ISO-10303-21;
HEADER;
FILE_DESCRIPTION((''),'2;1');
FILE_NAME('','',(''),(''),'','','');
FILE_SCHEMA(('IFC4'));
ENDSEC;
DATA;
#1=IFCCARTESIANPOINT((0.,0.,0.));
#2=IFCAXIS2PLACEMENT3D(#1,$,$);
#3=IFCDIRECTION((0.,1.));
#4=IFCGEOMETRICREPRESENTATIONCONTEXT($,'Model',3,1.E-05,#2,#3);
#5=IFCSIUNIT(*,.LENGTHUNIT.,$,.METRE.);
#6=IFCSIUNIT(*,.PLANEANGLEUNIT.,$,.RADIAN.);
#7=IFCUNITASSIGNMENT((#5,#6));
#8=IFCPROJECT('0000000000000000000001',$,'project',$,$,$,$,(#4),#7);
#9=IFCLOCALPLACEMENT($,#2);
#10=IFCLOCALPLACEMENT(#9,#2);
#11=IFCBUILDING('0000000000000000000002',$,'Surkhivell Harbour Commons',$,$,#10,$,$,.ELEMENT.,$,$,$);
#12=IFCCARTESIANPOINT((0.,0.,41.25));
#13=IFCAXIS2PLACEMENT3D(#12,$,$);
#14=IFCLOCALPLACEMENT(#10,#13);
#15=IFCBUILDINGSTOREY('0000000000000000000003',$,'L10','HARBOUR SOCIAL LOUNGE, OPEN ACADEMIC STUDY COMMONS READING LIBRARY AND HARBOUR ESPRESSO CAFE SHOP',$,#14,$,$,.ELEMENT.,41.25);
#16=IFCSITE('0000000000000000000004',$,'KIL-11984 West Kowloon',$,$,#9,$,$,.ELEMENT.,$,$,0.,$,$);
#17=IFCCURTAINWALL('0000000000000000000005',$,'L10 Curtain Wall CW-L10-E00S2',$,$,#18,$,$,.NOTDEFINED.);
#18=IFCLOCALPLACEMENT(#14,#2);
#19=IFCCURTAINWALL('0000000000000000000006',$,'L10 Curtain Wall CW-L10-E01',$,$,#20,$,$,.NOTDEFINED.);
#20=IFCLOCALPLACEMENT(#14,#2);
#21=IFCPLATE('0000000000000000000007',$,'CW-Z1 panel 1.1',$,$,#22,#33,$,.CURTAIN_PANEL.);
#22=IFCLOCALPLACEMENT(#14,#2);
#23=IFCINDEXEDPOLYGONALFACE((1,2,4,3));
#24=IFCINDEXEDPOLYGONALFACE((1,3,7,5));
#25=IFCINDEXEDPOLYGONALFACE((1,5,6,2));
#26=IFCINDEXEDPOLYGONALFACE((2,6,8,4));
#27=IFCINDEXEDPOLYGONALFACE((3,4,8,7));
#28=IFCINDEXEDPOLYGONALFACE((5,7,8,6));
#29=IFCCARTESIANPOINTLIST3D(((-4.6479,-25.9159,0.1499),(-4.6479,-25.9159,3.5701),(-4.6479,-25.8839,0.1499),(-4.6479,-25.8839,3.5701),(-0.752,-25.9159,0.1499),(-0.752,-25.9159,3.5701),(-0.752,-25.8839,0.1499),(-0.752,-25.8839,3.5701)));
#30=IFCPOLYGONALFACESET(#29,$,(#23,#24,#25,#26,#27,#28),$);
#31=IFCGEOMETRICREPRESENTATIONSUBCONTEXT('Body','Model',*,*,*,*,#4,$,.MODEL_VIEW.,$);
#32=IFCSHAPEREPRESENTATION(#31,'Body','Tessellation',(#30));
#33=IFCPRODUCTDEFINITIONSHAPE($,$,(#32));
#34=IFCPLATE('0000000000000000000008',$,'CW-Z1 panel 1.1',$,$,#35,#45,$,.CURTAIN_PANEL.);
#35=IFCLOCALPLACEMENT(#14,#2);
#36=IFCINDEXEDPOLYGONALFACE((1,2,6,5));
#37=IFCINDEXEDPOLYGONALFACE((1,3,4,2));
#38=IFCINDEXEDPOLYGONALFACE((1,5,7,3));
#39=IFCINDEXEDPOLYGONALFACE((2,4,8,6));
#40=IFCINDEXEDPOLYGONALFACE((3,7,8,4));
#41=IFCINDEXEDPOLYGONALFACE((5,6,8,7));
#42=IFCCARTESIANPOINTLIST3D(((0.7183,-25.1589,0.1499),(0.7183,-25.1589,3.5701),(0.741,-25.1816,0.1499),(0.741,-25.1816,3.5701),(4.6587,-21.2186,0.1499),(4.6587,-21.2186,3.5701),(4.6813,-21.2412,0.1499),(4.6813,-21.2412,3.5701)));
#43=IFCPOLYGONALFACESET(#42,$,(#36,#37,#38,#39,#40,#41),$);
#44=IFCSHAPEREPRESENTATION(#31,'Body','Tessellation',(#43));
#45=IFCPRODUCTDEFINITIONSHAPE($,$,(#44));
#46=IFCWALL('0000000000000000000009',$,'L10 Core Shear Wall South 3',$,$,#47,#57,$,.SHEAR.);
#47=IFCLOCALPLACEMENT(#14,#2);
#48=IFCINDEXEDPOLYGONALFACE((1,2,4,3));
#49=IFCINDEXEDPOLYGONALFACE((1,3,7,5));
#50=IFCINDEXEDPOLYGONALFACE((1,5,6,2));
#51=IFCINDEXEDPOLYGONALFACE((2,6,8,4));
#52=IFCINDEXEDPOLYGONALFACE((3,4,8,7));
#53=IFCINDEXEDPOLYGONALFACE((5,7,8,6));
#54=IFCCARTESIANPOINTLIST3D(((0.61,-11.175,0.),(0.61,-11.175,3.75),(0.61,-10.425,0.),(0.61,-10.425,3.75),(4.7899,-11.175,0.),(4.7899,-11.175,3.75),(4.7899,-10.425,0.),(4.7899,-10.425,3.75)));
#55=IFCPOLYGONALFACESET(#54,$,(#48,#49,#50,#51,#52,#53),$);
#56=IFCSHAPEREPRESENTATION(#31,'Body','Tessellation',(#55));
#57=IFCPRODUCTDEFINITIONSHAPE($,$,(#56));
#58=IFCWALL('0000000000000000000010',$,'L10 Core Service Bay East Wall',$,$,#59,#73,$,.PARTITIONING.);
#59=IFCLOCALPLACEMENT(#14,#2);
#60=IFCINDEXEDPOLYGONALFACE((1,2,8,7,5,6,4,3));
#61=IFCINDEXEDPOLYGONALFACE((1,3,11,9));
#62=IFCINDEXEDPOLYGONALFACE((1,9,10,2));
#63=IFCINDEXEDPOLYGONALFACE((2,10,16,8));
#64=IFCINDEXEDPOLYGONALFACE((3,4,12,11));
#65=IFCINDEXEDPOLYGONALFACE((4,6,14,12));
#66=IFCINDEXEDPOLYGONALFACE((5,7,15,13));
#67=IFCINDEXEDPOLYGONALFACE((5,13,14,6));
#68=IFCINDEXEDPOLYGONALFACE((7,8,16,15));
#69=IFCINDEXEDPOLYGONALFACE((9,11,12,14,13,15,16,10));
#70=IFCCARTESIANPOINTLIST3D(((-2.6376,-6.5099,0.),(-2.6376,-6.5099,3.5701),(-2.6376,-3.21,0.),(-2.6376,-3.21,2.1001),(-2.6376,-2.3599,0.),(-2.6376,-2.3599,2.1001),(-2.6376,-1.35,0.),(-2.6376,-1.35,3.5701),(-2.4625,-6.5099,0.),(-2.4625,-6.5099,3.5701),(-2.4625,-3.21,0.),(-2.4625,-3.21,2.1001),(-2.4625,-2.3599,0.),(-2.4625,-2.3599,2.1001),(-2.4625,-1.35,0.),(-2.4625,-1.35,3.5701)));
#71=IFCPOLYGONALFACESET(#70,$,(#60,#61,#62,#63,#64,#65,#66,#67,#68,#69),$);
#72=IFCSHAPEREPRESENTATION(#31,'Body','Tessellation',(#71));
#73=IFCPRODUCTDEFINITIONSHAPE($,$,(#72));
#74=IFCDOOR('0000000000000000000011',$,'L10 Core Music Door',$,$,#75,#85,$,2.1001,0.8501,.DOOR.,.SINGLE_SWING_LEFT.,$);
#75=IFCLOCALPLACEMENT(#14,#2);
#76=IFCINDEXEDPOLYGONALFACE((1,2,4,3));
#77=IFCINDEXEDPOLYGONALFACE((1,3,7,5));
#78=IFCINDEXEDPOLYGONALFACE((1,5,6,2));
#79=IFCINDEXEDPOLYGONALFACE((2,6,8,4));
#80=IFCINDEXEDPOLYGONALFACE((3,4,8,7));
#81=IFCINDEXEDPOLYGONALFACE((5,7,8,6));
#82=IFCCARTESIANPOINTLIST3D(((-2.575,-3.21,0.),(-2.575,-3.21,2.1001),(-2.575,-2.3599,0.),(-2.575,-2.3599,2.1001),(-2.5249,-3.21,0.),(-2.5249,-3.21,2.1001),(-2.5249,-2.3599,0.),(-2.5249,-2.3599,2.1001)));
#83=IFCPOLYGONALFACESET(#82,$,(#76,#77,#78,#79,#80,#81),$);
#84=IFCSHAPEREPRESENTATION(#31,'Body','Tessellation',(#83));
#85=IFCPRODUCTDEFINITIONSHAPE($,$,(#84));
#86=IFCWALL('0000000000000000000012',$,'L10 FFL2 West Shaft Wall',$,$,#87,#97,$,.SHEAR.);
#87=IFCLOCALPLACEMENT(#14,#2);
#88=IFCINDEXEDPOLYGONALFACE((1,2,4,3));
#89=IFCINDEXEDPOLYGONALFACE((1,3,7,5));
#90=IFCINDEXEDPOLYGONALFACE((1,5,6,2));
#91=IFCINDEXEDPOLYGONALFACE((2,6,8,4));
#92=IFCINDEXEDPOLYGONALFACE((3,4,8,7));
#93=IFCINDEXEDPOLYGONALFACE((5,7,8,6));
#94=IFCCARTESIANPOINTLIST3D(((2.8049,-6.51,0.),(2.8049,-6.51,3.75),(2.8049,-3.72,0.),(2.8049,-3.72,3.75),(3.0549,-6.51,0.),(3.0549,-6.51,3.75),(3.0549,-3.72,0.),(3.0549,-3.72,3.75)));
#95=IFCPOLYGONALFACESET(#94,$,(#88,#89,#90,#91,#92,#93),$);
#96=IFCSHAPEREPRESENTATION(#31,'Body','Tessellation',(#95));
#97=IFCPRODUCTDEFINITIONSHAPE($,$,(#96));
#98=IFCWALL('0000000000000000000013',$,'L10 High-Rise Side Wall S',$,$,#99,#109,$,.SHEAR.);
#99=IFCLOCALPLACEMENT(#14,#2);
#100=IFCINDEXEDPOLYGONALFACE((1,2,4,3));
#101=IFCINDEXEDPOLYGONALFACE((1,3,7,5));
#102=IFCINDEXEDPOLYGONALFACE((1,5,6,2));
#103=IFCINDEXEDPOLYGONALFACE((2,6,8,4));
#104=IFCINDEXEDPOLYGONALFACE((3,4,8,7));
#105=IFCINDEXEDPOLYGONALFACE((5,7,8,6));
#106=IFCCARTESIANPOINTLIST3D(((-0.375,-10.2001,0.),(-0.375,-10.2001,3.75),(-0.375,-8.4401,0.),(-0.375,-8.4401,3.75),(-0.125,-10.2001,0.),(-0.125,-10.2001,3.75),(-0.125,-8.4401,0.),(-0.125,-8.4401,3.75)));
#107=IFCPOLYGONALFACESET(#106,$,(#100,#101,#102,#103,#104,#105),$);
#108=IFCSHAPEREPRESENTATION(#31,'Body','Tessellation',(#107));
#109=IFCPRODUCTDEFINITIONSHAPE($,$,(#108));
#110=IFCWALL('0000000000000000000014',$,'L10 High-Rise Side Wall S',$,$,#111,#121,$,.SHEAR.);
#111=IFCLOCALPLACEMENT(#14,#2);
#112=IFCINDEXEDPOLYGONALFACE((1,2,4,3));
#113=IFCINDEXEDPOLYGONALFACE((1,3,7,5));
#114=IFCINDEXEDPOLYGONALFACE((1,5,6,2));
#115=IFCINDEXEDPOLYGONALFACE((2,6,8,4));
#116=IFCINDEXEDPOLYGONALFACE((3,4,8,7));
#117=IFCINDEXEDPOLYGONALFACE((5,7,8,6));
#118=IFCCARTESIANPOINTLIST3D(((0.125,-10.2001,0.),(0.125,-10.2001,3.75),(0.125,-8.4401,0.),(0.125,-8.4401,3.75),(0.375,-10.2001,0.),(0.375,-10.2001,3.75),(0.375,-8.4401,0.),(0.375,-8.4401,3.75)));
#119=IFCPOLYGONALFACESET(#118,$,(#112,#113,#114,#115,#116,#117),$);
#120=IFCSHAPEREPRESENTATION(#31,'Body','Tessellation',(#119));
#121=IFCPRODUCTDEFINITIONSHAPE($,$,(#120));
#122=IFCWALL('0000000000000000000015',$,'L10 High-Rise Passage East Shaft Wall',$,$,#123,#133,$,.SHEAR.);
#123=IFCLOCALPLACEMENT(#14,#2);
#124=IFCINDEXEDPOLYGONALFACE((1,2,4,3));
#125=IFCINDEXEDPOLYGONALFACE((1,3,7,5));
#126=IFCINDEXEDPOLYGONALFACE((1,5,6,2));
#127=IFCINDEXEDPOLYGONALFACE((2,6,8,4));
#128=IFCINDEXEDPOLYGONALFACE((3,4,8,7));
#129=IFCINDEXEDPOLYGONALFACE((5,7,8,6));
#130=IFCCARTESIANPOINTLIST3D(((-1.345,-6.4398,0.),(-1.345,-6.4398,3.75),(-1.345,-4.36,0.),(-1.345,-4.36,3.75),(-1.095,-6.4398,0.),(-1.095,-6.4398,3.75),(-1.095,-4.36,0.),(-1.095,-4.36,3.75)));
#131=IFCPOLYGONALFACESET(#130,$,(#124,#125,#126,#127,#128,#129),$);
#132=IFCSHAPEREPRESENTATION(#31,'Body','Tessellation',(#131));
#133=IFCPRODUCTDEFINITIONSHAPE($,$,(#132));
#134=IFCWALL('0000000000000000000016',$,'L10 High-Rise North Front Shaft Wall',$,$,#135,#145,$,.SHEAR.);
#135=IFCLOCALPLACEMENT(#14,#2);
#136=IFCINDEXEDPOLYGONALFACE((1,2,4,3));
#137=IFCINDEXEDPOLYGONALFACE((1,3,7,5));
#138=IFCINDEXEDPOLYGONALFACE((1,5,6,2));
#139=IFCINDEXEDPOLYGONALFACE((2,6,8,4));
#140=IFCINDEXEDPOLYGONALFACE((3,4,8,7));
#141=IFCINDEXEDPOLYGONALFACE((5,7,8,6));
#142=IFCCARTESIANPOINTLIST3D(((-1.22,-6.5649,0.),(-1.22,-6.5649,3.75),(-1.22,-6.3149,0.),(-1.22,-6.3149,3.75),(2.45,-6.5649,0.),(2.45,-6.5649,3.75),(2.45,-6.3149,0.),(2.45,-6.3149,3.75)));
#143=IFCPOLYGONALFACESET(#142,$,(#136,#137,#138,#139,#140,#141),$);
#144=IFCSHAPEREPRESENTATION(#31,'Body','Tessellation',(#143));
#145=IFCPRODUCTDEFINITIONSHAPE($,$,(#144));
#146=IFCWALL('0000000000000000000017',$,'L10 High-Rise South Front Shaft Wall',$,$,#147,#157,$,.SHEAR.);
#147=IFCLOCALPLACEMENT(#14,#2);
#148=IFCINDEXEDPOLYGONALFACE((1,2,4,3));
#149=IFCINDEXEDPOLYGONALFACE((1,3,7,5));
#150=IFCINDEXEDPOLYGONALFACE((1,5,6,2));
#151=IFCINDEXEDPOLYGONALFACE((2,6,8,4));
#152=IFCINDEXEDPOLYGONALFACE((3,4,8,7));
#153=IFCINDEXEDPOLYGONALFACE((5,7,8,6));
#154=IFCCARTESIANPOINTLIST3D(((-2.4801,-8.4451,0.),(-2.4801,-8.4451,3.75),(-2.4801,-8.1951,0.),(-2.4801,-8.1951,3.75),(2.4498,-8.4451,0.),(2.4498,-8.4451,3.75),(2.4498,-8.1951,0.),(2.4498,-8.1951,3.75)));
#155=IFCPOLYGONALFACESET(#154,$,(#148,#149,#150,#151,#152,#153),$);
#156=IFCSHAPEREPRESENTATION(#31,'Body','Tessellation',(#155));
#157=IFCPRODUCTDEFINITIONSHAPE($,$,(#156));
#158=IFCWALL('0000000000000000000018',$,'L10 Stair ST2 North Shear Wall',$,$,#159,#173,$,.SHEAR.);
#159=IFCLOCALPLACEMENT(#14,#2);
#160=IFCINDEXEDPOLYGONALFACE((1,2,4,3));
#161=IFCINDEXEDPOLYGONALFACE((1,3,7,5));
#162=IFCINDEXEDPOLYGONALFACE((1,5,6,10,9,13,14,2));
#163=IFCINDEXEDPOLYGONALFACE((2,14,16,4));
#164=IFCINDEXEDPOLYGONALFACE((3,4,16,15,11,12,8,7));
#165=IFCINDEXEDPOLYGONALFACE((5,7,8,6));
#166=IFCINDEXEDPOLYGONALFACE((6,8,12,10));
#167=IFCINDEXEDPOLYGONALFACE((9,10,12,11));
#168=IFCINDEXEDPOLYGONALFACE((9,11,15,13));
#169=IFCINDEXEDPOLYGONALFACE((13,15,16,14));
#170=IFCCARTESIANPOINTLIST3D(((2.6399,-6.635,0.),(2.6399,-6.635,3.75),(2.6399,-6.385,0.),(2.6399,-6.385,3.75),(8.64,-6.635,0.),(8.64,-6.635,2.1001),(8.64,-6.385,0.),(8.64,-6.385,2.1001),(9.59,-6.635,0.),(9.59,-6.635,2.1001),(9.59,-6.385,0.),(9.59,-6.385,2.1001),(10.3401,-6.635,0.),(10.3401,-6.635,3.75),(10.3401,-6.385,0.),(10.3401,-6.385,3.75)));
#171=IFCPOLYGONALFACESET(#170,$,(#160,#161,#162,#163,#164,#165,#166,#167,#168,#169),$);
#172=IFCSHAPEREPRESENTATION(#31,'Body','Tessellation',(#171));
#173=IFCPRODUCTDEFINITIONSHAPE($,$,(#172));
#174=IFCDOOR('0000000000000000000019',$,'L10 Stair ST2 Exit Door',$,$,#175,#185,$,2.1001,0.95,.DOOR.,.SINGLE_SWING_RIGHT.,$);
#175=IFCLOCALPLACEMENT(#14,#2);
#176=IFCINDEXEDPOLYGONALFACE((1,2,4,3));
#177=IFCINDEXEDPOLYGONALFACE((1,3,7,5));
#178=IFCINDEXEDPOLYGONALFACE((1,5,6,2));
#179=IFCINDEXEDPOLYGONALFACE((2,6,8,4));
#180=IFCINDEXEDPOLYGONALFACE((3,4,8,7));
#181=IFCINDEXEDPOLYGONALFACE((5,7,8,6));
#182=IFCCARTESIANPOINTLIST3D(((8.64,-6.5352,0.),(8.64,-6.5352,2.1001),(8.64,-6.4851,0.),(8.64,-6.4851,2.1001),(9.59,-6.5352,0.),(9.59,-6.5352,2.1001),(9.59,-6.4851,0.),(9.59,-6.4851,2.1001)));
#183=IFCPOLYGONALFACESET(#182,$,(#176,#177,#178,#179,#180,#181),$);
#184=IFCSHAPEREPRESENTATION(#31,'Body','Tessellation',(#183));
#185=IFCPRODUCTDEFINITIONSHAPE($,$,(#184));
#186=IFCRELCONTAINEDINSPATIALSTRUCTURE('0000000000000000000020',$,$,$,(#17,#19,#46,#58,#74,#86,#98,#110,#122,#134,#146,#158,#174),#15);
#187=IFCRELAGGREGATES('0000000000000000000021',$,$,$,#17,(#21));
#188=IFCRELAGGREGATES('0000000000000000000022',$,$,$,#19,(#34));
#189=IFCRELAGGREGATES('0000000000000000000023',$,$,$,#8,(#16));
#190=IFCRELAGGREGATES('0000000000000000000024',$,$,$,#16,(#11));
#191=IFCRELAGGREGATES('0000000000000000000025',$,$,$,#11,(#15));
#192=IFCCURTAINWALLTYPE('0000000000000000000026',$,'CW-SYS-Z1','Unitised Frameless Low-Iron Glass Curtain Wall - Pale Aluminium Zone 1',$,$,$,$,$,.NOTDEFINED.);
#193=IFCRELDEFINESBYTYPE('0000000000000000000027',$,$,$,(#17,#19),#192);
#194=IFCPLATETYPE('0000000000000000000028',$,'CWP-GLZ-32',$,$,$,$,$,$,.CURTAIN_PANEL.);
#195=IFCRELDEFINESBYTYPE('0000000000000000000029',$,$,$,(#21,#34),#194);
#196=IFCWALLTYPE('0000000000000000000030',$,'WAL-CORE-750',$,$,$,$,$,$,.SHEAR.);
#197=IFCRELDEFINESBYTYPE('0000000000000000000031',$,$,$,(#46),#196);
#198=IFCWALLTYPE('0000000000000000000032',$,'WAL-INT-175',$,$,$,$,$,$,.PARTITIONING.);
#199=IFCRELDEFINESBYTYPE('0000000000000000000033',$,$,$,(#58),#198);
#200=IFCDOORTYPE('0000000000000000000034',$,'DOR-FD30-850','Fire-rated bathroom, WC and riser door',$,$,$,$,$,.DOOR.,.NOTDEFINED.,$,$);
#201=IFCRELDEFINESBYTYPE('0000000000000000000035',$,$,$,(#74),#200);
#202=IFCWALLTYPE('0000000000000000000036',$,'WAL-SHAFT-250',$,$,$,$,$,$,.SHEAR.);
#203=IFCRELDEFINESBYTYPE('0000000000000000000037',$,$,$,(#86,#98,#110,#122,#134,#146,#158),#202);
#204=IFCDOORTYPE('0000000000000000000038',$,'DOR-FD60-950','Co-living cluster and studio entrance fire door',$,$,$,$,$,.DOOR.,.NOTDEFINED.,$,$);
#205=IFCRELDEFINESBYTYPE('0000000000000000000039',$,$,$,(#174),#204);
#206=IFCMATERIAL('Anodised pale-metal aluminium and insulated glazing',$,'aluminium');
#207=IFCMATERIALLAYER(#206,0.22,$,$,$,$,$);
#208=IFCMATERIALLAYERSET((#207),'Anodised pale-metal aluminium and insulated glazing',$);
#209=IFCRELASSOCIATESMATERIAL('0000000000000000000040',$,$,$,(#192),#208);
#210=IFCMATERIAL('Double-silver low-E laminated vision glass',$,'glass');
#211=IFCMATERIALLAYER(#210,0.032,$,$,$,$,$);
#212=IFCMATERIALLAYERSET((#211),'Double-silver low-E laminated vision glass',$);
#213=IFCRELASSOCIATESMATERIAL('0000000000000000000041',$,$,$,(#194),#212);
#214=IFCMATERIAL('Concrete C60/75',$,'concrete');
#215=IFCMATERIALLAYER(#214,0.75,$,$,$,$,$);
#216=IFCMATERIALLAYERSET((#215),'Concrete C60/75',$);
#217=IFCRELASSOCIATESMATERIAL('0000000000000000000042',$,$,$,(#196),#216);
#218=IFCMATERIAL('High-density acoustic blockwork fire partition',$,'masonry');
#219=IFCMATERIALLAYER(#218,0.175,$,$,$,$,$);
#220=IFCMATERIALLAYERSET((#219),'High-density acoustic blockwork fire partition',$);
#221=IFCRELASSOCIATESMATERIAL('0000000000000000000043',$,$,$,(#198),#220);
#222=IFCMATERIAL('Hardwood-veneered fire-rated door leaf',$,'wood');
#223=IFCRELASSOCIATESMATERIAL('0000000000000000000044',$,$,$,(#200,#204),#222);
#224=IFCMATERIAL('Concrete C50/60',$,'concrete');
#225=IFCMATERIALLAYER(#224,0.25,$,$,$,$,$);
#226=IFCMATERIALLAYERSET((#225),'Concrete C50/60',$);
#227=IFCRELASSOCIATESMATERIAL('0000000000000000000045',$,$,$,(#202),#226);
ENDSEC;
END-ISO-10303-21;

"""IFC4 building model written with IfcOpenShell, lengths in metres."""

from ifc_helpers import new_model, si_unit, direction, frame, frame_2d, origin, place, context, subcontext, project, spatial, rectangle, extrude, material, layer, layer_set, type_object, element, fill, aggregate, save


model = new_model("IFC4")

# Units and contexts
model_context = context("Model", 3, precision=1e-05, world=origin(), true_north=direction((0.0, 1.0)))
body_context = subcontext(model_context, "Body", "Model", "MODEL_VIEW")
ifc_project = project(units=[si_unit("LENGTHUNIT", "METRE"), si_unit("PLANEANGLEUNIT", "RADIAN")], contexts=[model_context])

# Site, building, storey
site_placement = place(None, origin())
site = spatial("IfcSite", under=ifc_project, at=site_placement, Name="KIL-11984 West Kowloon", CompositionType="ELEMENT", RefElevation=0.0)
building_placement = place(site_placement, origin())
building = spatial("IfcBuilding", under=site, at=building_placement, Name="Surkhivell Harbour Commons", CompositionType="ELEMENT")
storey_placement = place(building_placement, frame((0.0, 0.0, 41.25)))
storey = spatial("IfcBuildingStorey", under=building, at=storey_placement, Name="L10", Description="HARBOUR SOCIAL LOUNGE, OPEN ACADEMIC STUDY COMMONS READING LIBRARY AND HARBOUR ESPRESSO CAFE SHOP", CompositionType="ELEMENT", Elevation=41.25)

# Curtain wall
ifc_material_1 = material(Name="Anodised pale-metal aluminium and insulated glazing", Category="aluminium")
ifc_layer_1 = layer(ifc_material_1, 0.22)
ifc_layer_set_1 = layer_set([ifc_layer_1], Name="Anodised pale-metal aluminium and insulated glazing")
curtain_wall_type = type_object("IfcCurtainWallType", Name="CW-SYS-Z1", Description="Unitised Frameless Low-Iron Glass Curtain Wall - Pale Aluminium Zone 1", PredefinedType="NOTDEFINED", material=ifc_layer_set_1)
curtain_wall_1_placement = place(storey_placement, origin())
curtain_wall_1 = element("IfcCurtainWall", 1, at=curtain_wall_1_placement, inside=storey, type_object=curtain_wall_type, Name="L10 Curtain Wall CW-L10-E00S2", PredefinedType="NOTDEFINED")

# Curtain wall
curtain_wall_2_placement = place(storey_placement, origin())
curtain_wall_2 = element("IfcCurtainWall", 2, at=curtain_wall_2_placement, inside=storey, type_object=curtain_wall_type, Name="L10 Curtain Wall CW-L10-E01", PredefinedType="NOTDEFINED")

# Plates
ifc_material_2 = material(Name="Double-silver low-E laminated vision glass", Category="glass")
ifc_layer_2 = layer(ifc_material_2, 0.032)
ifc_layer_set_2 = layer_set([ifc_layer_2], Name="Double-silver low-E laminated vision glass")
plate_type = type_object("IfcPlateType", Name="CWP-GLZ-32", PredefinedType="CURTAIN_PANEL", material=ifc_layer_set_2)
plate_1_placement = place(storey_placement, frame((-4.6479, -25.8999, 0.1499), z_axis=(0.0, 0.0, 1.0), x_axis=(1.0, 0.0, 0.0)))
plate_1 = element("IfcPlate", 3, at=plate_1_placement, type_object=plate_type, Name="CW-Z1 panel 1.1", PredefinedType="CURTAIN_PANEL", context=body_context, shape_type="SweptSolid", body=[
    extrude(rectangle(XDim=3.896, YDim=0.032, at=frame_2d((1.948, 0.0))), origin(), (0.0, 0.0, 1.0), 3.4202),
])
aggregate(curtain_wall_1, [plate_1])
plate_2_placement = place(storey_placement, frame((0.7297, -25.1702, 0.1499), z_axis=(0.0, 0.0, 1.0), x_axis=(0.707107, 0.707107, 0.0)))
plate_2 = element("IfcPlate", 4, at=plate_2_placement, type_object=plate_type, Name="CW-Z1 panel 1.1", PredefinedType="CURTAIN_PANEL", context=body_context, shape_type="SweptSolid", body=[
    extrude(rectangle(XDim=5.5725, YDim=0.032, at=frame_2d((2.7861, 0.0))), origin(), (0.0, 0.0, 1.0), 3.4202),
])
aggregate(curtain_wall_2, [plate_2])

# Wall
ifc_material_3 = material(Name="Concrete C60/75", Category="concrete")
ifc_layer_3 = layer(ifc_material_3, 0.75)
ifc_layer_set_3 = layer_set([ifc_layer_3], Name="Concrete C60/75")
wall_type_1 = type_object("IfcWallType", Name="WAL-CORE-750", PredefinedType="SHEAR", material=ifc_layer_set_3)
wall_1_placement = place(storey_placement, frame((0.6101, -10.8, 0.0), z_axis=(0.0, 0.0, 1.0), x_axis=(1.0, 0.0, 0.0)))
element("IfcWall", 5, at=wall_1_placement, inside=storey, type_object=wall_type_1, Name="L10 Core Shear Wall South 3", PredefinedType="SHEAR", context=body_context, shape_type="SweptSolid", body=[
    extrude(rectangle(XDim=4.1799, YDim=0.75, at=frame_2d((2.0898, 0.0))), origin(), (0.0, 0.0, 1.0), 3.75),
])

# Wall, opening, door
ifc_material_4 = material(Name="High-density acoustic blockwork fire partition", Category="masonry")
ifc_layer_4 = layer(ifc_material_4, 0.175)
ifc_layer_set_4 = layer_set([ifc_layer_4], Name="High-density acoustic blockwork fire partition")
wall_type_2 = type_object("IfcWallType", Name="WAL-INT-175", PredefinedType="PARTITIONING", material=ifc_layer_set_4)
wall_2_placement = place(storey_placement, frame((-2.55, -6.51, 0.0), z_axis=(0.0, 0.0, 1.0), x_axis=(0.0, 1.0, 0.0)))
wall_2 = element("IfcWall", 6, at=wall_2_placement, inside=storey, type_object=wall_type_2, Name="L10 Core Service Bay East Wall", PredefinedType="PARTITIONING", context=body_context, shape_type="SweptSolid", body=[
    extrude(rectangle(XDim=5.1599, YDim=0.175, at=frame_2d((2.5801, 0.0))), origin(), (0.0, 0.0, 1.0), 3.5701),
])
opening_1_placement = place(wall_2_placement, frame((3.3, 0.0, 0.0)))
opening_1 = element("IfcOpeningElement", 7, at=opening_1_placement, cuts=wall_2, PredefinedType="OPENING", context=body_context, shape_type="SweptSolid", body=[
    extrude(rectangle(XDim=0.8501, YDim=2.1001, at=frame_2d((0.425, 1.05))), frame((0.0, 0.0974, 0.0), z_axis=(0.0, -1.0, 0.0), x_axis=(1.0, 0.0, 0.0)), (0.0, 0.0, 1.0), 0.1951),
])
ifc_material_5 = material(Name="Hardwood-veneered fire-rated door leaf", Category="wood")
door_type_1 = type_object("IfcDoorType", Name="DOR-FD30-850", Description="Fire-rated bathroom, WC and riser door", OperationType="NOTDEFINED", PredefinedType="DOOR", material=ifc_material_5)
door_1_placement = place(opening_1_placement, origin())
door_1 = element("IfcDoor", 8, at=door_1_placement, inside=storey, type_object=door_type_1, Name="L10 Core Music Door", OperationType="SINGLE_SWING_LEFT", OverallHeight=2.1001, OverallWidth=0.8501, PredefinedType="DOOR", context=body_context, shape_type="SweptSolid", body=[
    extrude(rectangle(XDim=0.8501, YDim=2.1001, at=frame_2d((0.425, 1.05))), frame((0.0, 0.0249, 0.0), z_axis=(0.0, -1.0, 0.0), x_axis=(1.0, 0.0, 0.0)), (0.0, 0.0, 1.0), 0.05),
])
fill(opening_1, door_1)

# Walls
ifc_material_6 = material(Name="Concrete C50/60", Category="concrete")
ifc_layer_5 = layer(ifc_material_6, 0.25)
ifc_layer_set_5 = layer_set([ifc_layer_5], Name="Concrete C50/60")
wall_type_3 = type_object("IfcWallType", Name="WAL-SHAFT-250", PredefinedType="SHEAR", material=ifc_layer_set_5)
wall_3_placement = place(storey_placement, frame((2.9299, -6.51, 0.0), z_axis=(0.0, 0.0, 1.0), x_axis=(0.0, 1.0, 0.0)))
element("IfcWall", 9, at=wall_3_placement, inside=storey, type_object=wall_type_3, Name="L10 FFL2 West Shaft Wall", PredefinedType="SHEAR", context=body_context, shape_type="SweptSolid", body=[
    extrude(rectangle(XDim=2.79, YDim=0.25, at=frame_2d((1.395, 0.0))), origin(), (0.0, 0.0, 1.0), 3.75),
])
for number, where, z_axis, x_axis, name in (
    (10, (-0.25, -10.2, 0.0), (0.0, 0.0, 1.0), (0.0, 1.0, 0.0), "L10 High-Rise Side Wall S"),
    (11, (0.25, -10.2, 0.0), (0.0, 0.0, 1.0), (0.0, 1.0, 0.0), "L10 High-Rise Side Wall S"),
):
    element("IfcWall", number, at=place(storey_placement, frame(where, z_axis=z_axis, x_axis=x_axis)), inside=storey, type_object=wall_type_3, Name=name, PredefinedType="SHEAR", context=body_context, shape_type="SweptSolid", body=[
        extrude(rectangle(XDim=1.76, YDim=0.25, at=frame_2d((0.8799, 0.0))), origin(), (0.0, 0.0, 1.0), 3.75),
    ])
wall_4_placement = place(storey_placement, frame((-1.22, -6.4399, 0.0), z_axis=(0.0, 0.0, 1.0), x_axis=(0.0, 1.0, 0.0)))
element("IfcWall", 12, at=wall_4_placement, inside=storey, type_object=wall_type_3, Name="L10 High-Rise Passage East Shaft Wall", PredefinedType="SHEAR", context=body_context, shape_type="SweptSolid", body=[
    extrude(rectangle(XDim=2.0798, YDim=0.25, at=frame_2d((1.04, 0.0))), origin(), (0.0, 0.0, 1.0), 3.75),
])
wall_5_placement = place(storey_placement, frame((-1.22, -6.4399, 0.0), z_axis=(0.0, 0.0, 1.0), x_axis=(1.0, 0.0, 0.0)))
element("IfcWall", 13, at=wall_5_placement, inside=storey, type_object=wall_type_3, Name="L10 High-Rise North Front Shaft Wall", PredefinedType="SHEAR", context=body_context, shape_type="SweptSolid", body=[
    extrude(rectangle(XDim=3.6699, YDim=0.25, at=frame_2d((1.835, 0.0))), origin(), (0.0, 0.0, 1.0), 3.75),
])
wall_6_placement = place(storey_placement, frame((-2.48, -8.3201, 0.0), z_axis=(0.0, 0.0, 1.0), x_axis=(1.0, 0.0, 0.0)))
element("IfcWall", 14, at=wall_6_placement, inside=storey, type_object=wall_type_3, Name="L10 High-Rise South Front Shaft Wall", PredefinedType="SHEAR", context=body_context, shape_type="SweptSolid", body=[
    extrude(rectangle(XDim=4.9299, YDim=0.25, at=frame_2d((2.4648, 0.0))), origin(), (0.0, 0.0, 1.0), 3.75),
])

# Wall, opening, door
wall_7_placement = place(storey_placement, frame((2.6399, -6.51, 0.0), z_axis=(0.0, 0.0, 1.0), x_axis=(1.0, 0.0, 0.0)))
wall_7 = element("IfcWall", 15, at=wall_7_placement, inside=storey, type_object=wall_type_3, Name="L10 Stair ST2 North Shear Wall", PredefinedType="SHEAR", context=body_context, shape_type="SweptSolid", body=[
    extrude(rectangle(XDim=7.7002, YDim=0.25, at=frame_2d((3.8501, 0.0))), origin(), (0.0, 0.0, 1.0), 3.75),
])
opening_2_placement = place(wall_7_placement, frame((6.0, 0.0, 0.0)))
opening_2 = element("IfcOpeningElement", 16, at=opening_2_placement, cuts=wall_7, PredefinedType="OPENING", context=body_context, shape_type="SweptSolid", body=[
    extrude(rectangle(XDim=0.95, YDim=2.1001, at=frame_2d((0.4751, 1.05))), frame((0.0, 0.135, 0.0), z_axis=(0.0, -1.0, 0.0), x_axis=(1.0, 0.0, 0.0)), (0.0, 0.0, 1.0), 0.27),
])
door_type_2 = type_object("IfcDoorType", Name="DOR-FD60-950", Description="Co-living cluster and studio entrance fire door", OperationType="NOTDEFINED", PredefinedType="DOOR", material=ifc_material_5)
door_2_placement = place(opening_2_placement, origin())
door_2 = element("IfcDoor", 17, at=door_2_placement, inside=storey, type_object=door_type_2, Name="L10 Stair ST2 Exit Door", OperationType="SINGLE_SWING_RIGHT", OverallHeight=2.1001, OverallWidth=0.95, PredefinedType="DOOR", context=body_context, shape_type="SweptSolid", body=[
    extrude(rectangle(XDim=0.95, YDim=2.1001, at=frame_2d((0.4751, 1.05))), frame((0.0, 0.0249, 0.0), z_axis=(0.0, -1.0, 0.0), x_axis=(1.0, 0.0, 0.0)), (0.0, 0.0, 1.0), 0.05),
])
fill(opening_2, door_2)

save(model, "model.ifc")
